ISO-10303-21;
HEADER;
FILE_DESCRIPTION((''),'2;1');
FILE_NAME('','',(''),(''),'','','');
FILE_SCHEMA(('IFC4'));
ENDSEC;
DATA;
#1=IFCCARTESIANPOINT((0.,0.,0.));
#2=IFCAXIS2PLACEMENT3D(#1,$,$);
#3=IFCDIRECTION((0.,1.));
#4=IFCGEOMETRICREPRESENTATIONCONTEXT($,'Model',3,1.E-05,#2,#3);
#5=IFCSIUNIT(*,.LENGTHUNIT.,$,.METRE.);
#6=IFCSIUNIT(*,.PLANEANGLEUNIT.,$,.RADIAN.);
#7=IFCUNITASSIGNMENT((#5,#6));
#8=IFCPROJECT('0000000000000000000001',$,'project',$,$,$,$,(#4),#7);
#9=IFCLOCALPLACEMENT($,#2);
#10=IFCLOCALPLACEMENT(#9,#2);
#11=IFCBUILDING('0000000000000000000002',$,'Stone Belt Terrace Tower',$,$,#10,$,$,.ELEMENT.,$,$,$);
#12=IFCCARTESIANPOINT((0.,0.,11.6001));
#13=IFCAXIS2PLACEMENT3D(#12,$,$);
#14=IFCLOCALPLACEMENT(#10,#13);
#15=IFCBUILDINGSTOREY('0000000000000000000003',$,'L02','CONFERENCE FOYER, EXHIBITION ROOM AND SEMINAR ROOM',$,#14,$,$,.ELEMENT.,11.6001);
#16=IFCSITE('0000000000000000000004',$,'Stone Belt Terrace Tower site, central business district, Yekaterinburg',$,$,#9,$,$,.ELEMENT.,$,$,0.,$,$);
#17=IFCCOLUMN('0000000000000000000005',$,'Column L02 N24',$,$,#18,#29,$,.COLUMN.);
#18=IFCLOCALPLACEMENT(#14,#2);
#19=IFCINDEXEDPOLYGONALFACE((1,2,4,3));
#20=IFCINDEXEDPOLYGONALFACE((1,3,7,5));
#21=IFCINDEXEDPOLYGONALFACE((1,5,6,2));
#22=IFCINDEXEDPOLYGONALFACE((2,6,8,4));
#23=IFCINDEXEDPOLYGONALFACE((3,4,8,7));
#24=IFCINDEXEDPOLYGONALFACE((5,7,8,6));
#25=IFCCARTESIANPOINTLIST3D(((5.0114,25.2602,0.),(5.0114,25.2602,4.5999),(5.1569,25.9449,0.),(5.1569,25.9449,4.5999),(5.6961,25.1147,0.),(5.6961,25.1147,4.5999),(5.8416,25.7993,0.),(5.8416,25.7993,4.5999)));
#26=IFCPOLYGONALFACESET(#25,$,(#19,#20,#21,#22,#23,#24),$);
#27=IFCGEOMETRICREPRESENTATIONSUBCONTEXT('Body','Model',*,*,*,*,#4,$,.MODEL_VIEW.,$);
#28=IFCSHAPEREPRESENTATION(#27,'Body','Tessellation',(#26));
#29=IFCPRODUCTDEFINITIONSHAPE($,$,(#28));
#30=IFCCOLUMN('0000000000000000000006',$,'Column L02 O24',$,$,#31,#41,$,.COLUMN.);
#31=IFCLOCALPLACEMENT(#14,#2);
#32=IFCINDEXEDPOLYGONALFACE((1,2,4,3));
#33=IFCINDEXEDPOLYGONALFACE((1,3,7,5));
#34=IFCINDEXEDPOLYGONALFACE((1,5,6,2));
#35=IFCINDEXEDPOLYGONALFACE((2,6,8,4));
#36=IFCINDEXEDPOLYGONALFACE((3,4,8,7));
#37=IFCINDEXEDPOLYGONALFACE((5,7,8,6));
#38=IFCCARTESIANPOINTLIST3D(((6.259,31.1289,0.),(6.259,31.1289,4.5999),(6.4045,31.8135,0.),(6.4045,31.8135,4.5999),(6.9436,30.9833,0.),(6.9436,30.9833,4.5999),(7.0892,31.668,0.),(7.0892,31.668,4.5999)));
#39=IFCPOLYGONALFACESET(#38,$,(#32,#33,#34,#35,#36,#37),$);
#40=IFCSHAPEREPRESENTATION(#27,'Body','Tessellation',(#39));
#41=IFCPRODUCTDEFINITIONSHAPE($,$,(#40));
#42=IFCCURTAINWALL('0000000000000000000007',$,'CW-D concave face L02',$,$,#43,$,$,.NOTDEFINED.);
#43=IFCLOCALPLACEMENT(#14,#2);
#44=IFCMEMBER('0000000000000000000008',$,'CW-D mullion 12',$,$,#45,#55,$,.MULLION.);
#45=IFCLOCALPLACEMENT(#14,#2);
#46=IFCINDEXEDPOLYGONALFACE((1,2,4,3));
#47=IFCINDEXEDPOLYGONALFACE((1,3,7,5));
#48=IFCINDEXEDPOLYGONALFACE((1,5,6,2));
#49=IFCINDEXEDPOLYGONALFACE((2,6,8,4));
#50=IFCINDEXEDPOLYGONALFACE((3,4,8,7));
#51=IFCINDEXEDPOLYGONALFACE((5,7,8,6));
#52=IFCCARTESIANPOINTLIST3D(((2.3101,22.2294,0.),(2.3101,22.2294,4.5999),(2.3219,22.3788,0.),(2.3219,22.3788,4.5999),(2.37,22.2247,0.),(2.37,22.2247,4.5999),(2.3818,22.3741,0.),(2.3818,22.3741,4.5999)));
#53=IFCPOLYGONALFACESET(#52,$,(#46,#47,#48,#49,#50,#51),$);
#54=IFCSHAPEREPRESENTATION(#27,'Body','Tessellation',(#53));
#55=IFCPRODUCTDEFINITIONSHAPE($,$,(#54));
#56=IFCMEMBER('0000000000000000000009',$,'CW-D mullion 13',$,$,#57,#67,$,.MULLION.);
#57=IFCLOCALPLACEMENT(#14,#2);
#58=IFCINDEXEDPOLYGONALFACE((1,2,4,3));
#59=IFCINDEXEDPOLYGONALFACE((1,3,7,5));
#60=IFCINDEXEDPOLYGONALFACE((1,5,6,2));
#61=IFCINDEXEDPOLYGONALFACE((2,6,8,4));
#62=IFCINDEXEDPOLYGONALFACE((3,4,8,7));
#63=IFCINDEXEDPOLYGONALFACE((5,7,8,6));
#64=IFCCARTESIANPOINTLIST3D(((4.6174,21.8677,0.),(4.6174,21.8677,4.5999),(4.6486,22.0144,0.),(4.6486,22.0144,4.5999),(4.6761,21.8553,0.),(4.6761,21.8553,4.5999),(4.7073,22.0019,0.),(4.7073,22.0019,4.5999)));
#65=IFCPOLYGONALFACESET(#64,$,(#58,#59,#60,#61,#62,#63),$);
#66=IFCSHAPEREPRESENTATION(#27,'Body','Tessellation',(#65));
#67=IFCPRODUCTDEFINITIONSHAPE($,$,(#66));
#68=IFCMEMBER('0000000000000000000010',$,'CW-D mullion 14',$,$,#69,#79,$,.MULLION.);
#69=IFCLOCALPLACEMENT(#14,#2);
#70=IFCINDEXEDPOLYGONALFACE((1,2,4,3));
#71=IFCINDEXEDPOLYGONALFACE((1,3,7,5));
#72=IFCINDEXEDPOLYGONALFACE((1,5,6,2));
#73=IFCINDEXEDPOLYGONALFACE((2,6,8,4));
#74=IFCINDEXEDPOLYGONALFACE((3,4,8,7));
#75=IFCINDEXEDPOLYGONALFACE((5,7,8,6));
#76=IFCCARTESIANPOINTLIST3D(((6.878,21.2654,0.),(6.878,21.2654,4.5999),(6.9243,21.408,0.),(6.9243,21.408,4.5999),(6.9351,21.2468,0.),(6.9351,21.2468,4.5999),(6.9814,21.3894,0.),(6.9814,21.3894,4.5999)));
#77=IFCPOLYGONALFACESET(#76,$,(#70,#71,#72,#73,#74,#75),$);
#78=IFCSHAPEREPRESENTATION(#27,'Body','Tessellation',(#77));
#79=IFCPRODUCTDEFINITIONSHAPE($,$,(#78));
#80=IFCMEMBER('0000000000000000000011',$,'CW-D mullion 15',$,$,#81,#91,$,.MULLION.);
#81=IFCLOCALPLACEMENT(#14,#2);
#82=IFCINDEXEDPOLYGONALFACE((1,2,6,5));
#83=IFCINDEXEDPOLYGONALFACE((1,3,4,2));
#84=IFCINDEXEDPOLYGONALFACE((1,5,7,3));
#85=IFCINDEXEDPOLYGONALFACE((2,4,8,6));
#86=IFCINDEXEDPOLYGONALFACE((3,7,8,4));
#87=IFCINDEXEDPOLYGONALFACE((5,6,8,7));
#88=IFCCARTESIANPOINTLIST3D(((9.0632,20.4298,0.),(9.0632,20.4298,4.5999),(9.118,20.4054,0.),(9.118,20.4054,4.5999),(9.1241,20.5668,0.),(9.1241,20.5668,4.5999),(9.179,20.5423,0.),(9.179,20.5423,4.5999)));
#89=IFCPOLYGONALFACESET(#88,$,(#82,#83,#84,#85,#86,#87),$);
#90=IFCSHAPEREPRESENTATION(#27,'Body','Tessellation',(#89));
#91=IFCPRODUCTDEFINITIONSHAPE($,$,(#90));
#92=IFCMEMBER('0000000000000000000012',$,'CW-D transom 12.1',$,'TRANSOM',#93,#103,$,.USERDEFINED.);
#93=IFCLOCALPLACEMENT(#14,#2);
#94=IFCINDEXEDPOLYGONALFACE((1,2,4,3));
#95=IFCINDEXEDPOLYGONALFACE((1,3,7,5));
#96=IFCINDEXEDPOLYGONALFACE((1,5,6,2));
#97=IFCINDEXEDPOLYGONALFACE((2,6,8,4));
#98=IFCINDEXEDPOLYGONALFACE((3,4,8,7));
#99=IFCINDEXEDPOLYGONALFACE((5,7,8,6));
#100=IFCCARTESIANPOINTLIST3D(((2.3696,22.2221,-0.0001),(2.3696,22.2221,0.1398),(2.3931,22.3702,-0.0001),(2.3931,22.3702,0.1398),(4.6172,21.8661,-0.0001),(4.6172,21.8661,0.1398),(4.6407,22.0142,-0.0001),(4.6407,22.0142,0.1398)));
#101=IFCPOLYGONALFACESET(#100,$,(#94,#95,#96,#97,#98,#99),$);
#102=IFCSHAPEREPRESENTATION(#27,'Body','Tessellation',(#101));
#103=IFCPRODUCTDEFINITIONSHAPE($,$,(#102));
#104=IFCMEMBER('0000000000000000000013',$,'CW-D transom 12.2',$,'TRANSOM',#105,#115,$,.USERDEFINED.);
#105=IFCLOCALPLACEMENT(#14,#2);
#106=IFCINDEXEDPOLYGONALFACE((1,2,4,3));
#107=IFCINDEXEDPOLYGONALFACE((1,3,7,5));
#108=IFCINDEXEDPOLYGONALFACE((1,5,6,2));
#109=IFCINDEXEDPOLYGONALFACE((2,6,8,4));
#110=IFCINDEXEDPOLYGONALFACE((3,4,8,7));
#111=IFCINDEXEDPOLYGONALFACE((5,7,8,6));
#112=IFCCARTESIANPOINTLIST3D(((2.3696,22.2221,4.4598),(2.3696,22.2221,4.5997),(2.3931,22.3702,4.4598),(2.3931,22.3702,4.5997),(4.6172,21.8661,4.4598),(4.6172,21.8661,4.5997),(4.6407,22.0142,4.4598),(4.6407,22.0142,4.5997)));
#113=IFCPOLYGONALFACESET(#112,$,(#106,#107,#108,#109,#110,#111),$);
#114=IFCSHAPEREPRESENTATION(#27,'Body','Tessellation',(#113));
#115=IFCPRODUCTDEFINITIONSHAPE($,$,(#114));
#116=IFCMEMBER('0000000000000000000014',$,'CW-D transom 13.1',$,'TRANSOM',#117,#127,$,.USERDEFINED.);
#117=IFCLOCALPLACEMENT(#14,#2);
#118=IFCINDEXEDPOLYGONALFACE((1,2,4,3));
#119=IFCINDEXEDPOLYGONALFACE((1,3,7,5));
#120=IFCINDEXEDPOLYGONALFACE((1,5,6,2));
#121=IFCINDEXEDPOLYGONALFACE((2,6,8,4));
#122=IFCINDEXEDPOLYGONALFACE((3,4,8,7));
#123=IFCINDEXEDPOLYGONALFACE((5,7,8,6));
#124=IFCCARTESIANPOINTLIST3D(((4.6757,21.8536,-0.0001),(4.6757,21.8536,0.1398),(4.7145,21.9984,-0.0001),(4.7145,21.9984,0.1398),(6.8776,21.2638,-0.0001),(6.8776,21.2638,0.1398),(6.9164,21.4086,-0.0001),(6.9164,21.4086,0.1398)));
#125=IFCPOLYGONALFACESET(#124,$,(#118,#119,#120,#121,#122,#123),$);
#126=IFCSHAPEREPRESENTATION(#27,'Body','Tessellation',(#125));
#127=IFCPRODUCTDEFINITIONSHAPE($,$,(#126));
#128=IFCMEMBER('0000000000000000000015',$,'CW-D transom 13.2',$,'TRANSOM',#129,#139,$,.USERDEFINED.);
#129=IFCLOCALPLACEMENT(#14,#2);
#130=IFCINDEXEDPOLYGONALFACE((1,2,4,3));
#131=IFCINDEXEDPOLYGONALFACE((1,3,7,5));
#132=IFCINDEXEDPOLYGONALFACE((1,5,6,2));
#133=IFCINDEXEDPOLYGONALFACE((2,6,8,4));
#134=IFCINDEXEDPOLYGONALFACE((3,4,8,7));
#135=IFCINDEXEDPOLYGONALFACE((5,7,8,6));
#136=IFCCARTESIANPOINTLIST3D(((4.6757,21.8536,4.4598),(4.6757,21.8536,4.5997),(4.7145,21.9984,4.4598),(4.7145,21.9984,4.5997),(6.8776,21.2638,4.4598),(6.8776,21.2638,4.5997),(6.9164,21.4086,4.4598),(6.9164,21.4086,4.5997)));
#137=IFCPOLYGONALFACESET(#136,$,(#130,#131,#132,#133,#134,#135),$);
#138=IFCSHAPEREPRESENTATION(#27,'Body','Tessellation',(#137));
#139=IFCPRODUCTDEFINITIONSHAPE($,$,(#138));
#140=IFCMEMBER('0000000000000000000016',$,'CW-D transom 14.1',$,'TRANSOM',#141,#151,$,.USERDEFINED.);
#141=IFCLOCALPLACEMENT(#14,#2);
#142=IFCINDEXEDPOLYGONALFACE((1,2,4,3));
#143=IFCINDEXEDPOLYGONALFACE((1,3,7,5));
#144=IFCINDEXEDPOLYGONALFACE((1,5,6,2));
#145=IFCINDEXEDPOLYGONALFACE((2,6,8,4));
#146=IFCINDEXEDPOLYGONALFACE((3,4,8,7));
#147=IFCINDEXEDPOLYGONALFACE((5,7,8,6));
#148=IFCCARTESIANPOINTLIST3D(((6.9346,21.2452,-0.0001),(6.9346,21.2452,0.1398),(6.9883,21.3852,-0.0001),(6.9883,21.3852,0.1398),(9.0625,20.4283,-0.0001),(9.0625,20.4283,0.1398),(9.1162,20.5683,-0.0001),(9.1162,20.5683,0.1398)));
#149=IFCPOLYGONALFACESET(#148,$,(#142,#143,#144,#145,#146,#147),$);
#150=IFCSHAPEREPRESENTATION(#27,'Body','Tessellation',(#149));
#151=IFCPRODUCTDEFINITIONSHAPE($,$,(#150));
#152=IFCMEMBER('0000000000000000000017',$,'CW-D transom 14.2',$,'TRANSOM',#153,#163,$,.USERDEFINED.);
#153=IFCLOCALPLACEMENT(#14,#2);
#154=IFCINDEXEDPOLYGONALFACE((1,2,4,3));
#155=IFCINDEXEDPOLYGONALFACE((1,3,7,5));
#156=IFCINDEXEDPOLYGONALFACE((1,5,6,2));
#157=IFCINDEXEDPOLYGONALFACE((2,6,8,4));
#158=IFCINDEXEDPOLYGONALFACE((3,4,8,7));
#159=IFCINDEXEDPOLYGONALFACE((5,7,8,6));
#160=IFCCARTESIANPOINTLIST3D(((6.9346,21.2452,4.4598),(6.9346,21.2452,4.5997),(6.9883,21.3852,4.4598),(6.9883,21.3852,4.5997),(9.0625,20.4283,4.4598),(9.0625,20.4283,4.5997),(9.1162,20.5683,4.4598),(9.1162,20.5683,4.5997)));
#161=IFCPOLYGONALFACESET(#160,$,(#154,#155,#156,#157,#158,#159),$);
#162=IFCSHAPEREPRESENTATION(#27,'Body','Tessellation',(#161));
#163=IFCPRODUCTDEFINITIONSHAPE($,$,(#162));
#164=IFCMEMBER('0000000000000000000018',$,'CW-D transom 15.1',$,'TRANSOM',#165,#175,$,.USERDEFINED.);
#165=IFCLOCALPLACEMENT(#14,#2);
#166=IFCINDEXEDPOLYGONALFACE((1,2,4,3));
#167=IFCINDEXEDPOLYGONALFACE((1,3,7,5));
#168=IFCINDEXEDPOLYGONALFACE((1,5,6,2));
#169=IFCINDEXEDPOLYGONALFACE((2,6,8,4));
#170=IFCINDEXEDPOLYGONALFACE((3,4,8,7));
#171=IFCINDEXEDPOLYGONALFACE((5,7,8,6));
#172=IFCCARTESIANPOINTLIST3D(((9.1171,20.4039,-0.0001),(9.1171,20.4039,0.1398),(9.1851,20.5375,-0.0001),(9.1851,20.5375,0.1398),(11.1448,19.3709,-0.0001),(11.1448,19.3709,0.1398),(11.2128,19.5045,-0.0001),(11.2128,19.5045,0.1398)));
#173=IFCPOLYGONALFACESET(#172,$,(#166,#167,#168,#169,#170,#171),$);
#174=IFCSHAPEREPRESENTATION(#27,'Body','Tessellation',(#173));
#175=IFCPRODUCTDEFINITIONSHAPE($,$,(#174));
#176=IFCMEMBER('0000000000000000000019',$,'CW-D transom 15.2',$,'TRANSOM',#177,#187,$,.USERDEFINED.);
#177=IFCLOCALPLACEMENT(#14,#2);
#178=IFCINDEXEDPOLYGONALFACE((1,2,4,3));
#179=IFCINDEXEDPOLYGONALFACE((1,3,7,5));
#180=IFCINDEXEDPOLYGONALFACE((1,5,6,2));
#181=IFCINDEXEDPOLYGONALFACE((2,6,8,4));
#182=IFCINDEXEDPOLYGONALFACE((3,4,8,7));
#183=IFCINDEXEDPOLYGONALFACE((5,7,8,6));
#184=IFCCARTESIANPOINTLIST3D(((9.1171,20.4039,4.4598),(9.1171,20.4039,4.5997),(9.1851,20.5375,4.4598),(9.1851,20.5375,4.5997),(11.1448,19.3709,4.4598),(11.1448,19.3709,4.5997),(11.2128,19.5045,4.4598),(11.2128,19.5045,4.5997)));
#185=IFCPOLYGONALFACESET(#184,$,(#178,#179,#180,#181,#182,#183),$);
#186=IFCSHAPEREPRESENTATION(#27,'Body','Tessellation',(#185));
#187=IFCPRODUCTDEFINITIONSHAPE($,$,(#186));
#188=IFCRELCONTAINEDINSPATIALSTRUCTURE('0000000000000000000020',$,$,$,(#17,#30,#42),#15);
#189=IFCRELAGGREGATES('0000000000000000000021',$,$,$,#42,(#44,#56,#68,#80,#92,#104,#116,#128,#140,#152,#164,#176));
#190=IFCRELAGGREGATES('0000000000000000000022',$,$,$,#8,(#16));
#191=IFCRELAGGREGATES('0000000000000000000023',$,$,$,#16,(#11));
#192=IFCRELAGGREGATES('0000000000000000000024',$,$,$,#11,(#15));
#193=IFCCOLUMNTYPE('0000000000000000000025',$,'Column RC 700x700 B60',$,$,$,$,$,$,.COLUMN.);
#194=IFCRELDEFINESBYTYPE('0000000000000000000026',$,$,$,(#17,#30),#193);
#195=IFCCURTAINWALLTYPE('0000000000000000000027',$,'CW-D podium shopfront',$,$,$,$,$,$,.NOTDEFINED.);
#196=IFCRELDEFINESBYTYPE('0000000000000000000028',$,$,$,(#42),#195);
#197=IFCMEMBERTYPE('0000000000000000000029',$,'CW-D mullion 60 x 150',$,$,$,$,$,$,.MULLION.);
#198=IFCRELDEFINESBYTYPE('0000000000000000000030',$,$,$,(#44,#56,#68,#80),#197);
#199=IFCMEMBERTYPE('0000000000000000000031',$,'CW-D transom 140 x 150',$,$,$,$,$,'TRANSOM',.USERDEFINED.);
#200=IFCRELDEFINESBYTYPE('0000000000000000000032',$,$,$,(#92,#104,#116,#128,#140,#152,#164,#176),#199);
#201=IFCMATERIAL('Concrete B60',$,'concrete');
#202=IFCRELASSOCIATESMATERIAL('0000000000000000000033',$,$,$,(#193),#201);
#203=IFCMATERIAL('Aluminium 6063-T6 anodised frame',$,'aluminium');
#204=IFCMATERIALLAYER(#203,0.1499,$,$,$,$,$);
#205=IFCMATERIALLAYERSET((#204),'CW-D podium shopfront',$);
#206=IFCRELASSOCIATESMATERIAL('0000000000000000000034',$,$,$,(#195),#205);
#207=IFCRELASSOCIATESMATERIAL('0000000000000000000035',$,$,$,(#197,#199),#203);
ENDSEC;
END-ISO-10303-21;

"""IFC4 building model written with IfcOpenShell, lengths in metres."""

from ifc_helpers import new_model, si_unit, direction, frame, origin, origin_2d, place, context, subcontext, project, spatial, rectangle, extrude, material, layer, layer_set, material_profile, profile_set, type_object, element, aggregate, save


model = new_model("IFC4")

# Units and contexts
model_context = context("Model", 3, precision=1e-05, world=origin(), true_north=direction((0.0, 1.0)))
body_context = subcontext(model_context, "Body", "Model", "MODEL_VIEW")
ifc_project = project(units=[si_unit("LENGTHUNIT", "METRE"), si_unit("PLANEANGLEUNIT", "RADIAN")], contexts=[model_context])

# Site, building, storey
site_placement = place(None, origin())
site = spatial("IfcSite", under=ifc_project, at=site_placement, Name="Stone Belt Terrace Tower site, central business district, Yekaterinburg", CompositionType="ELEMENT", RefElevation=0.0)
building_placement = place(site_placement, origin())
building = spatial("IfcBuilding", under=site, at=building_placement, Name="Stone Belt Terrace Tower", CompositionType="ELEMENT")
storey_placement = place(building_placement, frame((0.0, 0.0, 11.6001)))
storey = spatial("IfcBuildingStorey", under=building, at=storey_placement, Name="L02", Description="CONFERENCE FOYER, EXHIBITION ROOM AND SEMINAR ROOM", CompositionType="ELEMENT", Elevation=11.6001)

# Columns
ifc_material_1 = material(Name="Concrete B60", Category="concrete")
ifc_material_profile_1 = material_profile(ifc_material_1, rectangle(XDim=0.7, YDim=0.7, at=origin_2d()), Name="RC 700x700")
ifc_profile_set_1 = profile_set([ifc_material_profile_1], Name="Concrete B60")
column_type = type_object("IfcColumnType", Name="Column RC 700x700 B60", PredefinedType="COLUMN", material=ifc_profile_set_1)
for number, where, z_axis, x_axis, name in (
    (1, (5.4265, 25.5298, 0.0), (0.0, 0.0, 1.0), (0.978148, -0.207912, 0.0), "Column L02 N24"),
    (2, (6.6741, 31.3984, 0.0), (0.0, 0.0, 1.0), (0.978148, -0.207912, 0.0), "Column L02 O24"),
):
    element("IfcColumn", number, at=place(storey_placement, frame(where, z_axis=z_axis, x_axis=x_axis)), inside=storey, type_object=column_type, Name=name, PredefinedType="COLUMN", context=body_context, shape_type="SweptSolid", body=[
        extrude(rectangle(XDim=0.7, YDim=0.7, at=origin_2d()), origin(), (0.0, 0.0, 1.0), 4.5999),
    ])

# Curtain wall, members
ifc_material_2 = material(Name="Aluminium 6063-T6 anodised frame", Category="aluminium")
ifc_layer_1 = layer(ifc_material_2, 0.1499)
ifc_layer_set_1 = layer_set([ifc_layer_1], Name="CW-D podium shopfront")
curtain_wall_type = type_object("IfcCurtainWallType", Name="CW-D podium shopfront", PredefinedType="NOTDEFINED", material=ifc_layer_set_1)
curtain_wall_placement = place(storey_placement, origin())
curtain_wall = element("IfcCurtainWall", 3, at=curtain_wall_placement, inside=storey, type_object=curtain_wall_type, Name="CW-D concave face L02", PredefinedType="NOTDEFINED")
ifc_material_profile_2 = material_profile(ifc_material_2, rectangle(XDim=0.1499, YDim=0.0601, at=origin_2d()), Name="Aluminium 6063-T6 60x150")
ifc_profile_set_2 = profile_set([ifc_material_profile_2], Name="Aluminium 6063-T6 anodised frame")
member_type_1 = type_object("IfcMemberType", Name="CW-D mullion 60 x 150", PredefinedType="MULLION", material=ifc_profile_set_2)
member_1_placement = place(storey_placement, frame((2.3459, 22.3018, 0.0), z_axis=(0.0, 0.0, 1.0), x_axis=(0.078459, 0.996917, 0.0)))
member_1 = element("IfcMember", 4, at=member_1_placement, type_object=member_type_1, Name="CW-D mullion 12", PredefinedType="MULLION", context=body_context, shape_type="SweptSolid", body=[
    extrude(rectangle(XDim=0.1499, YDim=0.0601, at=origin_2d()), origin(), (0.0, 0.0, 1.0), 4.5999),
])
member_2_placement = place(storey_placement, frame((4.6624, 21.9348, 0.0), z_axis=(0.0, 0.0, 1.0), x_axis=(0.207912, 0.978148, 0.0)))
member_2 = element("IfcMember", 5, at=member_2_placement, type_object=member_type_1, Name="CW-D mullion 13", PredefinedType="MULLION", context=body_context, shape_type="SweptSolid", body=[
    extrude(rectangle(XDim=0.1499, YDim=0.0601, at=origin_2d()), origin(), (0.0, 0.0, 1.0), 4.5999),
])
member_3_placement = place(storey_placement, frame((6.9297, 21.3274, 0.0), z_axis=(0.0, 0.0, 1.0), x_axis=(0.309017, 0.951057, 0.0)))
member_3 = element("IfcMember", 6, at=member_3_placement, type_object=member_type_1, Name="CW-D mullion 14", PredefinedType="MULLION", context=body_context, shape_type="SweptSolid", body=[
    extrude(rectangle(XDim=0.1499, YDim=0.0601, at=origin_2d()), origin(), (0.0, 0.0, 1.0), 4.5999),
])
member_4_placement = place(storey_placement, frame((9.1211, 20.4861, 0.0), z_axis=(0.0, 0.0, 1.0), x_axis=(0.406737, 0.913545, 0.0)))
member_4 = element("IfcMember", 7, at=member_4_placement, type_object=member_type_1, Name="CW-D mullion 15", PredefinedType="MULLION", context=body_context, shape_type="SweptSolid", body=[
    extrude(rectangle(XDim=0.1499, YDim=0.0601, at=origin_2d()), origin(), (0.0, 0.0, 1.0), 4.5999),
])
ifc_material_profile_3 = material_profile(ifc_material_2, rectangle(XDim=0.1499, YDim=0.1399, at=origin_2d()), Name="Aluminium 6063-T6 150x140")
ifc_profile_set_3 = profile_set([ifc_material_profile_3], Name="Aluminium 6063-T6 anodised frame")
member_type_2 = type_object("IfcMemberType", Name="CW-D transom 140 x 150", ElementType="TRANSOM", PredefinedType="USERDEFINED", material=ifc_profile_set_3)
member_5_placement = place(storey_placement, frame((2.3813, 22.2961, 0.0698), z_axis=(0.98769, -0.156425, 0.0), x_axis=(0.156425, 0.98769, 0.0)))
member_5 = element("IfcMember", 8, at=member_5_placement, type_object=member_type_2, Name="CW-D transom 12.1", ObjectType="TRANSOM", PredefinedType="USERDEFINED", context=body_context, shape_type="SweptSolid", body=[
    extrude(rectangle(XDim=0.1499, YDim=0.1399, at=origin_2d()), origin(), (0.0, 0.0, 1.0), 2.2756),
])
member_6_placement = place(storey_placement, frame((2.3813, 22.2961, 4.5298), z_axis=(0.98769, -0.156425, 0.0), x_axis=(0.156425, 0.98769, 0.0)))
member_6 = element("IfcMember", 9, at=member_6_placement, type_object=member_type_2, Name="CW-D transom 12.2", ObjectType="TRANSOM", PredefinedType="USERDEFINED", context=body_context, shape_type="SweptSolid", body=[
    extrude(rectangle(XDim=0.1499, YDim=0.1399, at=origin_2d()), origin(), (0.0, 0.0, 1.0), 2.2756),
])
member_7_placement = place(storey_placement, frame((4.6951, 21.926, 0.0698), z_axis=(0.965943, -0.258756, 0.0), x_axis=(0.258756, 0.965943, 0.0)))
member_7 = element("IfcMember", 10, at=member_7_placement, type_object=member_type_2, Name="CW-D transom 13.1", ObjectType="TRANSOM", PredefinedType="USERDEFINED", context=body_context, shape_type="SweptSolid", body=[
    extrude(rectangle(XDim=0.1499, YDim=0.1399, at=origin_2d()), origin(), (0.0, 0.0, 1.0), 2.2795),
])
member_8_placement = place(storey_placement, frame((4.6951, 21.926, 4.5298), z_axis=(0.965943, -0.258756, 0.0), x_axis=(0.258756, 0.965943, 0.0)))
member_8 = element("IfcMember", 11, at=member_8_placement, type_object=member_type_2, Name="CW-D transom 13.2", ObjectType="TRANSOM", PredefinedType="USERDEFINED", context=body_context, shape_type="SweptSolid", body=[
    extrude(rectangle(XDim=0.1499, YDim=0.1399, at=origin_2d()), origin(), (0.0, 0.0, 1.0), 2.2795),
])
member_9_placement = place(storey_placement, frame((6.9614, 21.3152, 0.0698), z_axis=(0.933572, -0.35839, 0.0), x_axis=(0.35839, 0.933572, 0.0)))
member_9 = element("IfcMember", 12, at=member_9_placement, type_object=member_type_2, Name="CW-D transom 14.1", ObjectType="TRANSOM", PredefinedType="USERDEFINED", context=body_context, shape_type="SweptSolid", body=[
    extrude(rectangle(XDim=0.1499, YDim=0.1399, at=origin_2d()), origin(), (0.0, 0.0, 1.0), 2.2793),
])
member_10_placement = place(storey_placement, frame((6.9614, 21.3152, 4.5298), z_axis=(0.933572, -0.35839, 0.0), x_axis=(0.35839, 0.933572, 0.0)))
member_10 = element("IfcMember", 13, at=member_10_placement, type_object=member_type_2, Name="CW-D transom 14.2", ObjectType="TRANSOM", PredefinedType="USERDEFINED", context=body_context, shape_type="SweptSolid", body=[
    extrude(rectangle(XDim=0.1499, YDim=0.1399, at=origin_2d()), origin(), (0.0, 0.0, 1.0), 2.2793),
])
member_11_placement = place(storey_placement, frame((9.1511, 20.4707, 0.0698), z_axis=(0.891033, -0.453939, 0.0), x_axis=(0.453939, 0.891033, 0.0)))
member_11 = element("IfcMember", 14, at=member_11_placement, type_object=member_type_2, Name="CW-D transom 15.1", ObjectType="TRANSOM", PredefinedType="USERDEFINED", context=body_context, shape_type="SweptSolid", body=[
    extrude(rectangle(XDim=0.1499, YDim=0.1399, at=origin_2d()), origin(), (0.0, 0.0, 1.0), 2.2756),
])
member_12_placement = place(storey_placement, frame((9.1511, 20.4707, 4.5298), z_axis=(0.891033, -0.453939, 0.0), x_axis=(0.453939, 0.891033, 0.0)))
member_12 = element("IfcMember", 15, at=member_12_placement, type_object=member_type_2, Name="CW-D transom 15.2", ObjectType="TRANSOM", PredefinedType="USERDEFINED", context=body_context, shape_type="SweptSolid", body=[
    extrude(rectangle(XDim=0.1499, YDim=0.1399, at=origin_2d()), origin(), (0.0, 0.0, 1.0), 2.2756),
])
aggregate(curtain_wall, [member_1, member_2, member_3, member_4, member_5, member_6, member_7, member_8, member_9, member_10, member_11, member_12])

save(model, "model.ifc")
